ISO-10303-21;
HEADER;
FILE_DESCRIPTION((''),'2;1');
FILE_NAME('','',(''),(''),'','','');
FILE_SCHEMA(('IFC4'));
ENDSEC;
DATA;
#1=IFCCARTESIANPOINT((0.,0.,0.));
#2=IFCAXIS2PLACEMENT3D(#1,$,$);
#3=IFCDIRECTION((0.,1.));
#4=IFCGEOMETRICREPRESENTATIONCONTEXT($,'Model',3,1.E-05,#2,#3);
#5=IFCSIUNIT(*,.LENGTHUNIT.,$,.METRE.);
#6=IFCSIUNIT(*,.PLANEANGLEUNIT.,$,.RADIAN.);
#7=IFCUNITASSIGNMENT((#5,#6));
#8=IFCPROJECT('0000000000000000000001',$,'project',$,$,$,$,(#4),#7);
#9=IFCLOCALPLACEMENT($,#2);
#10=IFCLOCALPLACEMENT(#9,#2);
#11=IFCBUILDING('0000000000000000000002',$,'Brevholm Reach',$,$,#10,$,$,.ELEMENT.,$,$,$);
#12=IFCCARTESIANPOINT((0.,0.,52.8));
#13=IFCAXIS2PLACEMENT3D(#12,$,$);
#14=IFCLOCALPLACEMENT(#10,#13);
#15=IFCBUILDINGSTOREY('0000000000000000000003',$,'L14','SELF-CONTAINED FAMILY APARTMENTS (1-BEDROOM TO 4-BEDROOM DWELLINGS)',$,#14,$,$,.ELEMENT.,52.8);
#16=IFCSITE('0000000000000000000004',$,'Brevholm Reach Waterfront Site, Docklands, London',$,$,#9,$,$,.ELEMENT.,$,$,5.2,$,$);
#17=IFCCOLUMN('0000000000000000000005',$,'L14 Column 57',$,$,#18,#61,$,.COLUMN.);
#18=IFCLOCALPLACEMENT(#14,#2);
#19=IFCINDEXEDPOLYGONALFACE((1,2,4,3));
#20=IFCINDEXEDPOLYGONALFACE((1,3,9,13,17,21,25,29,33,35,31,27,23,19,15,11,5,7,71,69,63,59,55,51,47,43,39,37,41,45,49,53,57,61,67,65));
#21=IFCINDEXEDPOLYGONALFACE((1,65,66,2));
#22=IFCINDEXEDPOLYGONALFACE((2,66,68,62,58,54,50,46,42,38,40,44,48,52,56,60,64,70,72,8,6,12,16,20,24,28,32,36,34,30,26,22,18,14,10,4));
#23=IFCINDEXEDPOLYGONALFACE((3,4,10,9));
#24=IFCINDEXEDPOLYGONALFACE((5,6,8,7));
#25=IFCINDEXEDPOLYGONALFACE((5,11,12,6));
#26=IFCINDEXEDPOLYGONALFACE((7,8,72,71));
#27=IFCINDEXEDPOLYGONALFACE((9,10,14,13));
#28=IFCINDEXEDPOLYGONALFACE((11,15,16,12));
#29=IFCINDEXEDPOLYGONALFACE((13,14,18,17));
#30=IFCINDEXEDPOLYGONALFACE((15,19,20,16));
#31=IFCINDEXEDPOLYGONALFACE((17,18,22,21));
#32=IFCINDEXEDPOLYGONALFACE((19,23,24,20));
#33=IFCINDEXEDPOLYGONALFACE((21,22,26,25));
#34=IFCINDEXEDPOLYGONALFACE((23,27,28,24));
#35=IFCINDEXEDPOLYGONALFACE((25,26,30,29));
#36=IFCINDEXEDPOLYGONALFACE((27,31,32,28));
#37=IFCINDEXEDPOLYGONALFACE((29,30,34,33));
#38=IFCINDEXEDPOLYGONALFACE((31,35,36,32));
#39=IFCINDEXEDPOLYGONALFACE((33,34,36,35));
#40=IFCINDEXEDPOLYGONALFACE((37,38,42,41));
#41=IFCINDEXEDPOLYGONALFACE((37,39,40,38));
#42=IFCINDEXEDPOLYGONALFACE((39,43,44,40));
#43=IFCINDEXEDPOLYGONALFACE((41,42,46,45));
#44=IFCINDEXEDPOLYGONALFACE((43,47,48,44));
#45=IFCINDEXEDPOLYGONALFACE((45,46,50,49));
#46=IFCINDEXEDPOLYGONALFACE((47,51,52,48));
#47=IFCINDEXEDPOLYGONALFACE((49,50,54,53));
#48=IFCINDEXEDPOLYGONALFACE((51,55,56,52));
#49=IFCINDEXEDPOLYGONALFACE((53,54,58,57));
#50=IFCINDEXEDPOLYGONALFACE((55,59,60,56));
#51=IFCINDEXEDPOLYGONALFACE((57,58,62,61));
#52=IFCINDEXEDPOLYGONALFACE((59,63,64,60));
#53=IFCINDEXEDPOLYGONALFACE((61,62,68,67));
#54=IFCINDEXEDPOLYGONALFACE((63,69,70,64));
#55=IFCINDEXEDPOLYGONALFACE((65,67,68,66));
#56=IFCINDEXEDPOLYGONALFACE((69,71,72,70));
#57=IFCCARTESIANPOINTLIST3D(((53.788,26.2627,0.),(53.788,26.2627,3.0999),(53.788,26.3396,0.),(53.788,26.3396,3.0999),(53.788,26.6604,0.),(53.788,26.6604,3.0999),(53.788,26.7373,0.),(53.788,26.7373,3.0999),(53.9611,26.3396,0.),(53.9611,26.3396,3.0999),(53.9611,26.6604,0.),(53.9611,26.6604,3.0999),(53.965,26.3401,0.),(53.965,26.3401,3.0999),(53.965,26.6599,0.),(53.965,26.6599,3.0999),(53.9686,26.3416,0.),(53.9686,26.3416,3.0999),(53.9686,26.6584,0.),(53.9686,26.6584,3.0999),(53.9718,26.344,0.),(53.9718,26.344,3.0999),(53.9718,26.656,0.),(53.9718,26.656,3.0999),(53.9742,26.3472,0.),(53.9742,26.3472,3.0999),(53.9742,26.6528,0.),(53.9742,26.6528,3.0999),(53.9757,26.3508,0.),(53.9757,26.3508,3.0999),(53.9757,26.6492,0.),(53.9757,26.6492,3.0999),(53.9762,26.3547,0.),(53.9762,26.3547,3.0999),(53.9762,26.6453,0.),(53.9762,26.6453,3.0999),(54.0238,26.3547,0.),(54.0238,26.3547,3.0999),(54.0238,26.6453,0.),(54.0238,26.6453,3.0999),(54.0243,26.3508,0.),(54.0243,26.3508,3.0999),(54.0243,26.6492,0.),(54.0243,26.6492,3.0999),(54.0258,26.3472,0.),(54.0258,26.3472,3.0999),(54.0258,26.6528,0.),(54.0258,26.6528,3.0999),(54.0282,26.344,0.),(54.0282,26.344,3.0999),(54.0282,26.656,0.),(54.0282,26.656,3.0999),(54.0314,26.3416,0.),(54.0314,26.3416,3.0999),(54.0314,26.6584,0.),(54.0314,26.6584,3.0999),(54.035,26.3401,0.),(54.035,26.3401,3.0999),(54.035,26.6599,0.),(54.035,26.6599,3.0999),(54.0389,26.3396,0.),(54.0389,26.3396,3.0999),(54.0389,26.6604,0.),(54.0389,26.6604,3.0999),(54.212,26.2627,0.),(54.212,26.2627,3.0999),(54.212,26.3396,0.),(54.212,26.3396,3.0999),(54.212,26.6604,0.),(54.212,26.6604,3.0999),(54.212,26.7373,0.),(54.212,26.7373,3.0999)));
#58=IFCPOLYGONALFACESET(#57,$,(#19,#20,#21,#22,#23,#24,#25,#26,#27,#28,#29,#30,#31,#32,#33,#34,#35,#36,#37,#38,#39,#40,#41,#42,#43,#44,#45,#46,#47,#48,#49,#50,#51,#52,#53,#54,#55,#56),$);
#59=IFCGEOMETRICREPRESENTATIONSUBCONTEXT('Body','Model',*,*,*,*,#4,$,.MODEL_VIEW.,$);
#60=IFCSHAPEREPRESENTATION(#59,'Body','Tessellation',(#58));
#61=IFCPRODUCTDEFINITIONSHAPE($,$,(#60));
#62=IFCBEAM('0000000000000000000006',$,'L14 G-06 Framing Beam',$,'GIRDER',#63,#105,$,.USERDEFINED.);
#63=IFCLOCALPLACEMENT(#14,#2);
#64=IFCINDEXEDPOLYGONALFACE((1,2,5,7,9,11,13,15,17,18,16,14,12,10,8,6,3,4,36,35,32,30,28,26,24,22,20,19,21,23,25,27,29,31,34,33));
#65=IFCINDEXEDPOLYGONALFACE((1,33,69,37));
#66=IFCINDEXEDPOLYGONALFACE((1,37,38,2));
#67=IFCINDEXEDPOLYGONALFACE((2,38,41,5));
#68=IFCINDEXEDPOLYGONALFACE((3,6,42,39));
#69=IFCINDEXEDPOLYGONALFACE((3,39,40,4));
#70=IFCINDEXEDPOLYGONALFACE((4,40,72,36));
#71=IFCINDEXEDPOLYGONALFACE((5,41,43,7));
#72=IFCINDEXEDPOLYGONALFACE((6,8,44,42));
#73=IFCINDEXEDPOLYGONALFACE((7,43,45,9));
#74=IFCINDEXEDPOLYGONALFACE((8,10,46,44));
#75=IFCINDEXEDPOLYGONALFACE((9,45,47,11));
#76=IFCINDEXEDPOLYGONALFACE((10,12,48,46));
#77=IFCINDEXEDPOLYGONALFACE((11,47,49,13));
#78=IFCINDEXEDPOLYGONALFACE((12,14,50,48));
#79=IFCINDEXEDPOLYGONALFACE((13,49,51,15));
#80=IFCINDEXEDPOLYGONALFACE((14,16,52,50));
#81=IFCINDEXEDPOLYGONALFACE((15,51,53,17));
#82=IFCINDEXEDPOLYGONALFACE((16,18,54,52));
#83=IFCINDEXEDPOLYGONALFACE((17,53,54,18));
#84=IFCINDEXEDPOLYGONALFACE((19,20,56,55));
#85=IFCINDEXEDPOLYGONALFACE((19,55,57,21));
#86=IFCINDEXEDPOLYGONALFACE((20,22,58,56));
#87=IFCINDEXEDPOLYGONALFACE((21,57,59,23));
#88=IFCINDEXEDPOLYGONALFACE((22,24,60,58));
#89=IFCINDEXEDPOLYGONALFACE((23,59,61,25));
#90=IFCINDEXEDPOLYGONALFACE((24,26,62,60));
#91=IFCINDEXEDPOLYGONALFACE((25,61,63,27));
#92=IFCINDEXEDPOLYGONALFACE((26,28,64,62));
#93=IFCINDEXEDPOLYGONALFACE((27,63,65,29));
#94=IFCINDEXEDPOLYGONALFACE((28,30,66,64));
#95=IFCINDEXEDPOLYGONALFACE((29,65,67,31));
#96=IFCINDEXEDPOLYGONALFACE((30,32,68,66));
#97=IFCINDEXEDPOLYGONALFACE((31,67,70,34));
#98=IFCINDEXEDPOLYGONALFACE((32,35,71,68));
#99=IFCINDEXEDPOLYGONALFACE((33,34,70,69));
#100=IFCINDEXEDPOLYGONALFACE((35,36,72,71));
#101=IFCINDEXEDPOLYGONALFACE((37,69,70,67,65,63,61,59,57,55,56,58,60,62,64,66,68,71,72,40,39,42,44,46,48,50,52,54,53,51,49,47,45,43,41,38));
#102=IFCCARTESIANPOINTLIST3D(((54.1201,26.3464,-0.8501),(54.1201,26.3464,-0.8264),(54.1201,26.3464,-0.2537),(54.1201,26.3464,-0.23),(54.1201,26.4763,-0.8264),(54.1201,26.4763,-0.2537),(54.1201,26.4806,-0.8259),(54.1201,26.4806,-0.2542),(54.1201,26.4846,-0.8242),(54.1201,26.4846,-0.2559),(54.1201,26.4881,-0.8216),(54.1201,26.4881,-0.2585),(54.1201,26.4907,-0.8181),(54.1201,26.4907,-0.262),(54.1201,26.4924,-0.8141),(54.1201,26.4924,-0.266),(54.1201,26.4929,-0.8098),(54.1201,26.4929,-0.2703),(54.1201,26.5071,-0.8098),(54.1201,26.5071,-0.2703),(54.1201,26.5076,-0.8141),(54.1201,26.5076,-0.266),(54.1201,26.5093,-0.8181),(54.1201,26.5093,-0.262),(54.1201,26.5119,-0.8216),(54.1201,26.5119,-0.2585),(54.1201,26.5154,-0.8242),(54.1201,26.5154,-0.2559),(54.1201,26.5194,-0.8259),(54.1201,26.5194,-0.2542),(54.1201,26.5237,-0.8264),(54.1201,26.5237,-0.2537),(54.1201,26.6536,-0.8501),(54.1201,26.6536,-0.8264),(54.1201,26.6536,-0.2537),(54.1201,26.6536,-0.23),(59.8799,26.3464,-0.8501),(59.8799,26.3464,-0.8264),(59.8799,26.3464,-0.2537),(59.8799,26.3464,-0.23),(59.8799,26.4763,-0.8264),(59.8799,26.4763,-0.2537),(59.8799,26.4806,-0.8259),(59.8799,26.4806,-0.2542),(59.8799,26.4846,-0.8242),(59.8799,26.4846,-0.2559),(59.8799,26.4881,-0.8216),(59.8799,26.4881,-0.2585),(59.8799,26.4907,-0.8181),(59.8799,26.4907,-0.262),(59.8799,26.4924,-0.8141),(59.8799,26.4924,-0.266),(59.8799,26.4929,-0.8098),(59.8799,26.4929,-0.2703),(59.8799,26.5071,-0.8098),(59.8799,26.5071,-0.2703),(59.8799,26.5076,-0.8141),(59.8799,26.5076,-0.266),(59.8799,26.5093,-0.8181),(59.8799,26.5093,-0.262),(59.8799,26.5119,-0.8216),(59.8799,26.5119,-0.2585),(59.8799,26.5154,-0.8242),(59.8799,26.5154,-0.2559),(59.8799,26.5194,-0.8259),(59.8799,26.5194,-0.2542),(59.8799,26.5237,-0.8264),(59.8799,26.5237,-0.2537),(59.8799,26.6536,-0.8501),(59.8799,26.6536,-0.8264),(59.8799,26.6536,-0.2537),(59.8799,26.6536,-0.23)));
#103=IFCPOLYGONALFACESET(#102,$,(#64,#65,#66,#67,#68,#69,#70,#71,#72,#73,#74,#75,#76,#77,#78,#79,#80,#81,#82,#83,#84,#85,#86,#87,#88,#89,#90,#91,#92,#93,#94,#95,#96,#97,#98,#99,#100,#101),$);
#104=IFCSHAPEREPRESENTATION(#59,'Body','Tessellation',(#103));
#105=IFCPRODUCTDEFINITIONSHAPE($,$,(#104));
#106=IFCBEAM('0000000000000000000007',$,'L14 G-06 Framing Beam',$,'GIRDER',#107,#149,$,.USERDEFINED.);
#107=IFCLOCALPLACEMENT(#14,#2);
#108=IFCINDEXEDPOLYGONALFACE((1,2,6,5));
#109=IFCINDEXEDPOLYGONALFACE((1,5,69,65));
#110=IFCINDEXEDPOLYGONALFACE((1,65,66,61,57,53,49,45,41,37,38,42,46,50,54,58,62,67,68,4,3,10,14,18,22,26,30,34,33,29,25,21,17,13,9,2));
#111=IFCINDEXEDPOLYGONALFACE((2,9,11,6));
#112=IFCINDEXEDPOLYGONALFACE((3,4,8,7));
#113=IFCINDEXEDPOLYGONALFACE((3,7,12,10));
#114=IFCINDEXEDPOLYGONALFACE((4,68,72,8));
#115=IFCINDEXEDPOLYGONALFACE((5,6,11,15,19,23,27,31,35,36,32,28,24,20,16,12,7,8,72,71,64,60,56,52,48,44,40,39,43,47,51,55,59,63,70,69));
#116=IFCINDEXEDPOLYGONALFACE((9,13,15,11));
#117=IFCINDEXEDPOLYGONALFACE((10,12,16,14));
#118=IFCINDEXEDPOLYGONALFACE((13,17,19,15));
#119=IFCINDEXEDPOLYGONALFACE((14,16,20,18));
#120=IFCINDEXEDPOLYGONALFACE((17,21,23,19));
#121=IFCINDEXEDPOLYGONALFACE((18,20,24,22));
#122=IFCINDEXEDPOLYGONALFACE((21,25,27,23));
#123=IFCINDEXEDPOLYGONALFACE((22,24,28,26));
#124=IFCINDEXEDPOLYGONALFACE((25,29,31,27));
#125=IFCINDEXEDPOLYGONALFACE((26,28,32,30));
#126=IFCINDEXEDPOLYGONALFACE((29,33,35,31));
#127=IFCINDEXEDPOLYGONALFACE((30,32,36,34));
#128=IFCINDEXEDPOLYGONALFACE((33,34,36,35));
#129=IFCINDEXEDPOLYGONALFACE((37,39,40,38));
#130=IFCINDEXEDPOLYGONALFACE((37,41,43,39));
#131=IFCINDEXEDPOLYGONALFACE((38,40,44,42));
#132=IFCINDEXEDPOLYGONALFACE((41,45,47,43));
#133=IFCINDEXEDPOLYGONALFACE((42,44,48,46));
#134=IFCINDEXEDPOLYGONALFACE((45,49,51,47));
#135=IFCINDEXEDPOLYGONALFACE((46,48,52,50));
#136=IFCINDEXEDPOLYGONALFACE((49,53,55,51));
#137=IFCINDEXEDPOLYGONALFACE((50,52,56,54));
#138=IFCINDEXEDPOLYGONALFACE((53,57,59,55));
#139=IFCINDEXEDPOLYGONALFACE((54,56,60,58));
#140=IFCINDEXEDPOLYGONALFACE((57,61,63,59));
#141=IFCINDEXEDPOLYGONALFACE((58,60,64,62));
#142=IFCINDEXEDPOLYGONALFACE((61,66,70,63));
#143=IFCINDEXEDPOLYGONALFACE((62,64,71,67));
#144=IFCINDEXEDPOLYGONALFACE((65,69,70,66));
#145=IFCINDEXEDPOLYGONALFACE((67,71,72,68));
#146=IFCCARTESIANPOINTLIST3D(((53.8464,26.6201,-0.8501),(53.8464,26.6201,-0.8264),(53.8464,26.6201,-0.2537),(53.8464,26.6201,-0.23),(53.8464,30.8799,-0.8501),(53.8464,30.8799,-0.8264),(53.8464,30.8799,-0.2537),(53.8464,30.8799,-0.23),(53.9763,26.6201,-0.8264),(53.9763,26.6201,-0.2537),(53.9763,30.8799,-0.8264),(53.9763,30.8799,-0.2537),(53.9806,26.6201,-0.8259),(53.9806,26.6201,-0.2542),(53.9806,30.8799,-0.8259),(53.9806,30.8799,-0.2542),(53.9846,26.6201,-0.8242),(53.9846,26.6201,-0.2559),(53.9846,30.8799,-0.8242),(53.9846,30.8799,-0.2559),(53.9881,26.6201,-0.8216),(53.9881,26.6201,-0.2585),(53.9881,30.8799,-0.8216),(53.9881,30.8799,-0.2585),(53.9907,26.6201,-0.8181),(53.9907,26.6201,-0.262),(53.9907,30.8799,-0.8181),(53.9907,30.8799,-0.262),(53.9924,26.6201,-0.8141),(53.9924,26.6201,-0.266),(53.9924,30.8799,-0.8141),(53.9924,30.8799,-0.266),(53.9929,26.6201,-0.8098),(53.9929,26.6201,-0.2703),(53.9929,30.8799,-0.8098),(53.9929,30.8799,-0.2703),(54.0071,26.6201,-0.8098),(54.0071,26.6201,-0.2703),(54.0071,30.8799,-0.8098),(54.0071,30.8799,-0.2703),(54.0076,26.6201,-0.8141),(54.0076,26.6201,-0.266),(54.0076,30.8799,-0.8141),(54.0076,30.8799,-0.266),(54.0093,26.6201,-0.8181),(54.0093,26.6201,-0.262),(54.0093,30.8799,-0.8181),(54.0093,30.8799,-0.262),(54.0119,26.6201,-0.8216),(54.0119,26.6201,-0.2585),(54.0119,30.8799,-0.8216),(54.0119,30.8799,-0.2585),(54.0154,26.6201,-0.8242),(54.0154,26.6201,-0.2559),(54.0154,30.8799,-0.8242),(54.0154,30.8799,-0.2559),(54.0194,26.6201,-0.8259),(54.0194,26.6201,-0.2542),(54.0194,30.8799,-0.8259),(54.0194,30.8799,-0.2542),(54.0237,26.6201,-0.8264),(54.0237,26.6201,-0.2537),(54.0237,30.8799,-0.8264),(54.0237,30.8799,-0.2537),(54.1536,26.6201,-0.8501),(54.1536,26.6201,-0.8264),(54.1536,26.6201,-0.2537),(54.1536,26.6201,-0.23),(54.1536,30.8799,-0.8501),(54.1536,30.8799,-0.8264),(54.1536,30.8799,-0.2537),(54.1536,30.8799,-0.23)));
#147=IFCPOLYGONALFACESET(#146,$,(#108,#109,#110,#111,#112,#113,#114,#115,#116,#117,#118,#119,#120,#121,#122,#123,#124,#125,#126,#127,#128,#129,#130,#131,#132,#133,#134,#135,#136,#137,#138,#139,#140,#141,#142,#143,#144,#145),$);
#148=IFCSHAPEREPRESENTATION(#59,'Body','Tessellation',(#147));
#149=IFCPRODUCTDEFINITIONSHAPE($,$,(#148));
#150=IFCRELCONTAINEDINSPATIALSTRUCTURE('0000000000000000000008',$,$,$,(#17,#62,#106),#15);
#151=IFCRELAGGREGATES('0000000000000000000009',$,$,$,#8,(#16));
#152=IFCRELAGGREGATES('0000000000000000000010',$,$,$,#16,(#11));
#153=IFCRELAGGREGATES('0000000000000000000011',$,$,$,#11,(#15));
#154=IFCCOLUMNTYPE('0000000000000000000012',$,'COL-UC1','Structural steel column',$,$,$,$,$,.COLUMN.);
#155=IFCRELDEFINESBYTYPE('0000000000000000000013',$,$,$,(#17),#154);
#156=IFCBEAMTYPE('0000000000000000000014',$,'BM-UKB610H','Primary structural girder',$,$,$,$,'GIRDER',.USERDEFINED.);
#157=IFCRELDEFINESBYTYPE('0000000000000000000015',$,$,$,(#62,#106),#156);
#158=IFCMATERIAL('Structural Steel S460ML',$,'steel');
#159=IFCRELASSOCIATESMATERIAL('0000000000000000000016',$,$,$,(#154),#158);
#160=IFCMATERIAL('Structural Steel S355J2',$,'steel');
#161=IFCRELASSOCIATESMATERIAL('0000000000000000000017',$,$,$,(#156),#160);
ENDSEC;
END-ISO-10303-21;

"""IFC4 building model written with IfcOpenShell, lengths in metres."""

from ifc_helpers import new_model, si_unit, direction, frame, origin, origin_2d, place, context, subcontext, project, spatial, i_section, extrude, material, material_profile, profile_set, type_object, element, save


model = new_model("IFC4")

# Units and contexts
model_context = context("Model", 3, precision=1e-05, world=origin(), true_north=direction((0.0, 1.0)))
body_context = subcontext(model_context, "Body", "Model", "MODEL_VIEW")
ifc_project = project(units=[si_unit("LENGTHUNIT", "METRE"), si_unit("PLANEANGLEUNIT", "RADIAN")], contexts=[model_context])

# Site, building, storey
site_placement = place(None, origin())
site = spatial("IfcSite", under=ifc_project, at=site_placement, Name="Brevholm Reach Waterfront Site, Docklands, London", CompositionType="ELEMENT", RefElevation=5.2)
building_placement = place(site_placement, origin())
building = spatial("IfcBuilding", under=site, at=building_placement, Name="Brevholm Reach", CompositionType="ELEMENT")
storey_placement = place(building_placement, frame((0.0, 0.0, 52.8)))
storey = spatial("IfcBuildingStorey", under=building, at=storey_placement, Name="L14", Description="SELF-CONTAINED FAMILY APARTMENTS (1-BEDROOM TO 4-BEDROOM DWELLINGS)", CompositionType="ELEMENT", Elevation=52.8)

# Column
ifc_material_1 = material(Name="Structural Steel S460ML", Category="steel")
ifc_material_profile_1 = material_profile(ifc_material_1, i_section(OverallWidth=0.4241, OverallDepth=0.4746, WebThickness=0.0476, FlangeThickness=0.0769, FilletRadius=0.0151, at=origin_2d()), Name="UKC 356x406x634")
ifc_profile_set_1 = profile_set([ifc_material_profile_1], Name="Structural Steel S460ML")
column_type_1 = type_object("IfcColumnType", Name="COL-UC1", Description="Structural steel column", PredefinedType="COLUMN", material=ifc_profile_set_1)
column_1_placement = place(storey_placement, frame((54.0, 26.5, 0.0), z_axis=(0.0, 0.0, 1.0), x_axis=(1.0, 0.0, 0.0)))
element("IfcColumn", 1, at=column_1_placement, inside=storey, type_object=column_type_1, Name="L14 Column 57", PredefinedType="COLUMN", context=body_context, shape_type="SweptSolid", body=[
    extrude(i_section(OverallWidth=0.4241, OverallDepth=0.4746, WebThickness=0.0476, FlangeThickness=0.0769, FilletRadius=0.0151, at=origin_2d()), origin(), (0.0, 0.0, 1.0), 3.0999),
])

# Beams
ifc_material_2 = material(Name="Structural Steel S355J2", Category="steel")
ifc_material_profile_2 = material_profile(ifc_material_2, i_section(OverallWidth=0.3071, OverallDepth=0.6201, WebThickness=0.0142, FlangeThickness=0.0237, FilletRadius=0.0166, at=origin_2d()), Name="UKB 610x305x179")
ifc_profile_set_2 = profile_set([ifc_material_profile_2], Name="Structural Steel S355J2")
beam_type = type_object("IfcBeamType", Name="BM-UKB610H", Description="Primary structural girder", ElementType="GIRDER", PredefinedType="USERDEFINED", material=ifc_profile_set_2)
beam_1_placement = place(storey_placement, frame((54.1201, 26.5, -0.54), z_axis=(1.0, 0.0, 0.0), x_axis=(0.0, 1.0, 0.0)))
element("IfcBeam", 2, at=beam_1_placement, inside=storey, type_object=beam_type, Name="L14 G-06 Framing Beam", ObjectType="GIRDER", PredefinedType="USERDEFINED", context=body_context, shape_type="SweptSolid", body=[
    extrude(i_section(OverallWidth=0.3071, OverallDepth=0.6201, WebThickness=0.0142, FlangeThickness=0.0237, FilletRadius=0.0166, at=origin_2d()), origin(), (0.0, 0.0, 1.0), 5.7598),
])
beam_2_placement = place(storey_placement, frame((54.0, 26.6201, -0.54), z_axis=(0.0, 1.0, 0.0), x_axis=(-1.0, 0.0, 0.0)))
element("IfcBeam", 3, at=beam_2_placement, inside=storey, type_object=beam_type, Name="L14 G-06 Framing Beam", ObjectType="GIRDER", PredefinedType="USERDEFINED", context=body_context, shape_type="SweptSolid", body=[
    extrude(i_section(OverallWidth=0.3071, OverallDepth=0.6201, WebThickness=0.0142, FlangeThickness=0.0237, FilletRadius=0.0166, at=origin_2d()), origin(), (0.0, 0.0, 1.0), 4.2598),
])

save(model, "model.ifc")
